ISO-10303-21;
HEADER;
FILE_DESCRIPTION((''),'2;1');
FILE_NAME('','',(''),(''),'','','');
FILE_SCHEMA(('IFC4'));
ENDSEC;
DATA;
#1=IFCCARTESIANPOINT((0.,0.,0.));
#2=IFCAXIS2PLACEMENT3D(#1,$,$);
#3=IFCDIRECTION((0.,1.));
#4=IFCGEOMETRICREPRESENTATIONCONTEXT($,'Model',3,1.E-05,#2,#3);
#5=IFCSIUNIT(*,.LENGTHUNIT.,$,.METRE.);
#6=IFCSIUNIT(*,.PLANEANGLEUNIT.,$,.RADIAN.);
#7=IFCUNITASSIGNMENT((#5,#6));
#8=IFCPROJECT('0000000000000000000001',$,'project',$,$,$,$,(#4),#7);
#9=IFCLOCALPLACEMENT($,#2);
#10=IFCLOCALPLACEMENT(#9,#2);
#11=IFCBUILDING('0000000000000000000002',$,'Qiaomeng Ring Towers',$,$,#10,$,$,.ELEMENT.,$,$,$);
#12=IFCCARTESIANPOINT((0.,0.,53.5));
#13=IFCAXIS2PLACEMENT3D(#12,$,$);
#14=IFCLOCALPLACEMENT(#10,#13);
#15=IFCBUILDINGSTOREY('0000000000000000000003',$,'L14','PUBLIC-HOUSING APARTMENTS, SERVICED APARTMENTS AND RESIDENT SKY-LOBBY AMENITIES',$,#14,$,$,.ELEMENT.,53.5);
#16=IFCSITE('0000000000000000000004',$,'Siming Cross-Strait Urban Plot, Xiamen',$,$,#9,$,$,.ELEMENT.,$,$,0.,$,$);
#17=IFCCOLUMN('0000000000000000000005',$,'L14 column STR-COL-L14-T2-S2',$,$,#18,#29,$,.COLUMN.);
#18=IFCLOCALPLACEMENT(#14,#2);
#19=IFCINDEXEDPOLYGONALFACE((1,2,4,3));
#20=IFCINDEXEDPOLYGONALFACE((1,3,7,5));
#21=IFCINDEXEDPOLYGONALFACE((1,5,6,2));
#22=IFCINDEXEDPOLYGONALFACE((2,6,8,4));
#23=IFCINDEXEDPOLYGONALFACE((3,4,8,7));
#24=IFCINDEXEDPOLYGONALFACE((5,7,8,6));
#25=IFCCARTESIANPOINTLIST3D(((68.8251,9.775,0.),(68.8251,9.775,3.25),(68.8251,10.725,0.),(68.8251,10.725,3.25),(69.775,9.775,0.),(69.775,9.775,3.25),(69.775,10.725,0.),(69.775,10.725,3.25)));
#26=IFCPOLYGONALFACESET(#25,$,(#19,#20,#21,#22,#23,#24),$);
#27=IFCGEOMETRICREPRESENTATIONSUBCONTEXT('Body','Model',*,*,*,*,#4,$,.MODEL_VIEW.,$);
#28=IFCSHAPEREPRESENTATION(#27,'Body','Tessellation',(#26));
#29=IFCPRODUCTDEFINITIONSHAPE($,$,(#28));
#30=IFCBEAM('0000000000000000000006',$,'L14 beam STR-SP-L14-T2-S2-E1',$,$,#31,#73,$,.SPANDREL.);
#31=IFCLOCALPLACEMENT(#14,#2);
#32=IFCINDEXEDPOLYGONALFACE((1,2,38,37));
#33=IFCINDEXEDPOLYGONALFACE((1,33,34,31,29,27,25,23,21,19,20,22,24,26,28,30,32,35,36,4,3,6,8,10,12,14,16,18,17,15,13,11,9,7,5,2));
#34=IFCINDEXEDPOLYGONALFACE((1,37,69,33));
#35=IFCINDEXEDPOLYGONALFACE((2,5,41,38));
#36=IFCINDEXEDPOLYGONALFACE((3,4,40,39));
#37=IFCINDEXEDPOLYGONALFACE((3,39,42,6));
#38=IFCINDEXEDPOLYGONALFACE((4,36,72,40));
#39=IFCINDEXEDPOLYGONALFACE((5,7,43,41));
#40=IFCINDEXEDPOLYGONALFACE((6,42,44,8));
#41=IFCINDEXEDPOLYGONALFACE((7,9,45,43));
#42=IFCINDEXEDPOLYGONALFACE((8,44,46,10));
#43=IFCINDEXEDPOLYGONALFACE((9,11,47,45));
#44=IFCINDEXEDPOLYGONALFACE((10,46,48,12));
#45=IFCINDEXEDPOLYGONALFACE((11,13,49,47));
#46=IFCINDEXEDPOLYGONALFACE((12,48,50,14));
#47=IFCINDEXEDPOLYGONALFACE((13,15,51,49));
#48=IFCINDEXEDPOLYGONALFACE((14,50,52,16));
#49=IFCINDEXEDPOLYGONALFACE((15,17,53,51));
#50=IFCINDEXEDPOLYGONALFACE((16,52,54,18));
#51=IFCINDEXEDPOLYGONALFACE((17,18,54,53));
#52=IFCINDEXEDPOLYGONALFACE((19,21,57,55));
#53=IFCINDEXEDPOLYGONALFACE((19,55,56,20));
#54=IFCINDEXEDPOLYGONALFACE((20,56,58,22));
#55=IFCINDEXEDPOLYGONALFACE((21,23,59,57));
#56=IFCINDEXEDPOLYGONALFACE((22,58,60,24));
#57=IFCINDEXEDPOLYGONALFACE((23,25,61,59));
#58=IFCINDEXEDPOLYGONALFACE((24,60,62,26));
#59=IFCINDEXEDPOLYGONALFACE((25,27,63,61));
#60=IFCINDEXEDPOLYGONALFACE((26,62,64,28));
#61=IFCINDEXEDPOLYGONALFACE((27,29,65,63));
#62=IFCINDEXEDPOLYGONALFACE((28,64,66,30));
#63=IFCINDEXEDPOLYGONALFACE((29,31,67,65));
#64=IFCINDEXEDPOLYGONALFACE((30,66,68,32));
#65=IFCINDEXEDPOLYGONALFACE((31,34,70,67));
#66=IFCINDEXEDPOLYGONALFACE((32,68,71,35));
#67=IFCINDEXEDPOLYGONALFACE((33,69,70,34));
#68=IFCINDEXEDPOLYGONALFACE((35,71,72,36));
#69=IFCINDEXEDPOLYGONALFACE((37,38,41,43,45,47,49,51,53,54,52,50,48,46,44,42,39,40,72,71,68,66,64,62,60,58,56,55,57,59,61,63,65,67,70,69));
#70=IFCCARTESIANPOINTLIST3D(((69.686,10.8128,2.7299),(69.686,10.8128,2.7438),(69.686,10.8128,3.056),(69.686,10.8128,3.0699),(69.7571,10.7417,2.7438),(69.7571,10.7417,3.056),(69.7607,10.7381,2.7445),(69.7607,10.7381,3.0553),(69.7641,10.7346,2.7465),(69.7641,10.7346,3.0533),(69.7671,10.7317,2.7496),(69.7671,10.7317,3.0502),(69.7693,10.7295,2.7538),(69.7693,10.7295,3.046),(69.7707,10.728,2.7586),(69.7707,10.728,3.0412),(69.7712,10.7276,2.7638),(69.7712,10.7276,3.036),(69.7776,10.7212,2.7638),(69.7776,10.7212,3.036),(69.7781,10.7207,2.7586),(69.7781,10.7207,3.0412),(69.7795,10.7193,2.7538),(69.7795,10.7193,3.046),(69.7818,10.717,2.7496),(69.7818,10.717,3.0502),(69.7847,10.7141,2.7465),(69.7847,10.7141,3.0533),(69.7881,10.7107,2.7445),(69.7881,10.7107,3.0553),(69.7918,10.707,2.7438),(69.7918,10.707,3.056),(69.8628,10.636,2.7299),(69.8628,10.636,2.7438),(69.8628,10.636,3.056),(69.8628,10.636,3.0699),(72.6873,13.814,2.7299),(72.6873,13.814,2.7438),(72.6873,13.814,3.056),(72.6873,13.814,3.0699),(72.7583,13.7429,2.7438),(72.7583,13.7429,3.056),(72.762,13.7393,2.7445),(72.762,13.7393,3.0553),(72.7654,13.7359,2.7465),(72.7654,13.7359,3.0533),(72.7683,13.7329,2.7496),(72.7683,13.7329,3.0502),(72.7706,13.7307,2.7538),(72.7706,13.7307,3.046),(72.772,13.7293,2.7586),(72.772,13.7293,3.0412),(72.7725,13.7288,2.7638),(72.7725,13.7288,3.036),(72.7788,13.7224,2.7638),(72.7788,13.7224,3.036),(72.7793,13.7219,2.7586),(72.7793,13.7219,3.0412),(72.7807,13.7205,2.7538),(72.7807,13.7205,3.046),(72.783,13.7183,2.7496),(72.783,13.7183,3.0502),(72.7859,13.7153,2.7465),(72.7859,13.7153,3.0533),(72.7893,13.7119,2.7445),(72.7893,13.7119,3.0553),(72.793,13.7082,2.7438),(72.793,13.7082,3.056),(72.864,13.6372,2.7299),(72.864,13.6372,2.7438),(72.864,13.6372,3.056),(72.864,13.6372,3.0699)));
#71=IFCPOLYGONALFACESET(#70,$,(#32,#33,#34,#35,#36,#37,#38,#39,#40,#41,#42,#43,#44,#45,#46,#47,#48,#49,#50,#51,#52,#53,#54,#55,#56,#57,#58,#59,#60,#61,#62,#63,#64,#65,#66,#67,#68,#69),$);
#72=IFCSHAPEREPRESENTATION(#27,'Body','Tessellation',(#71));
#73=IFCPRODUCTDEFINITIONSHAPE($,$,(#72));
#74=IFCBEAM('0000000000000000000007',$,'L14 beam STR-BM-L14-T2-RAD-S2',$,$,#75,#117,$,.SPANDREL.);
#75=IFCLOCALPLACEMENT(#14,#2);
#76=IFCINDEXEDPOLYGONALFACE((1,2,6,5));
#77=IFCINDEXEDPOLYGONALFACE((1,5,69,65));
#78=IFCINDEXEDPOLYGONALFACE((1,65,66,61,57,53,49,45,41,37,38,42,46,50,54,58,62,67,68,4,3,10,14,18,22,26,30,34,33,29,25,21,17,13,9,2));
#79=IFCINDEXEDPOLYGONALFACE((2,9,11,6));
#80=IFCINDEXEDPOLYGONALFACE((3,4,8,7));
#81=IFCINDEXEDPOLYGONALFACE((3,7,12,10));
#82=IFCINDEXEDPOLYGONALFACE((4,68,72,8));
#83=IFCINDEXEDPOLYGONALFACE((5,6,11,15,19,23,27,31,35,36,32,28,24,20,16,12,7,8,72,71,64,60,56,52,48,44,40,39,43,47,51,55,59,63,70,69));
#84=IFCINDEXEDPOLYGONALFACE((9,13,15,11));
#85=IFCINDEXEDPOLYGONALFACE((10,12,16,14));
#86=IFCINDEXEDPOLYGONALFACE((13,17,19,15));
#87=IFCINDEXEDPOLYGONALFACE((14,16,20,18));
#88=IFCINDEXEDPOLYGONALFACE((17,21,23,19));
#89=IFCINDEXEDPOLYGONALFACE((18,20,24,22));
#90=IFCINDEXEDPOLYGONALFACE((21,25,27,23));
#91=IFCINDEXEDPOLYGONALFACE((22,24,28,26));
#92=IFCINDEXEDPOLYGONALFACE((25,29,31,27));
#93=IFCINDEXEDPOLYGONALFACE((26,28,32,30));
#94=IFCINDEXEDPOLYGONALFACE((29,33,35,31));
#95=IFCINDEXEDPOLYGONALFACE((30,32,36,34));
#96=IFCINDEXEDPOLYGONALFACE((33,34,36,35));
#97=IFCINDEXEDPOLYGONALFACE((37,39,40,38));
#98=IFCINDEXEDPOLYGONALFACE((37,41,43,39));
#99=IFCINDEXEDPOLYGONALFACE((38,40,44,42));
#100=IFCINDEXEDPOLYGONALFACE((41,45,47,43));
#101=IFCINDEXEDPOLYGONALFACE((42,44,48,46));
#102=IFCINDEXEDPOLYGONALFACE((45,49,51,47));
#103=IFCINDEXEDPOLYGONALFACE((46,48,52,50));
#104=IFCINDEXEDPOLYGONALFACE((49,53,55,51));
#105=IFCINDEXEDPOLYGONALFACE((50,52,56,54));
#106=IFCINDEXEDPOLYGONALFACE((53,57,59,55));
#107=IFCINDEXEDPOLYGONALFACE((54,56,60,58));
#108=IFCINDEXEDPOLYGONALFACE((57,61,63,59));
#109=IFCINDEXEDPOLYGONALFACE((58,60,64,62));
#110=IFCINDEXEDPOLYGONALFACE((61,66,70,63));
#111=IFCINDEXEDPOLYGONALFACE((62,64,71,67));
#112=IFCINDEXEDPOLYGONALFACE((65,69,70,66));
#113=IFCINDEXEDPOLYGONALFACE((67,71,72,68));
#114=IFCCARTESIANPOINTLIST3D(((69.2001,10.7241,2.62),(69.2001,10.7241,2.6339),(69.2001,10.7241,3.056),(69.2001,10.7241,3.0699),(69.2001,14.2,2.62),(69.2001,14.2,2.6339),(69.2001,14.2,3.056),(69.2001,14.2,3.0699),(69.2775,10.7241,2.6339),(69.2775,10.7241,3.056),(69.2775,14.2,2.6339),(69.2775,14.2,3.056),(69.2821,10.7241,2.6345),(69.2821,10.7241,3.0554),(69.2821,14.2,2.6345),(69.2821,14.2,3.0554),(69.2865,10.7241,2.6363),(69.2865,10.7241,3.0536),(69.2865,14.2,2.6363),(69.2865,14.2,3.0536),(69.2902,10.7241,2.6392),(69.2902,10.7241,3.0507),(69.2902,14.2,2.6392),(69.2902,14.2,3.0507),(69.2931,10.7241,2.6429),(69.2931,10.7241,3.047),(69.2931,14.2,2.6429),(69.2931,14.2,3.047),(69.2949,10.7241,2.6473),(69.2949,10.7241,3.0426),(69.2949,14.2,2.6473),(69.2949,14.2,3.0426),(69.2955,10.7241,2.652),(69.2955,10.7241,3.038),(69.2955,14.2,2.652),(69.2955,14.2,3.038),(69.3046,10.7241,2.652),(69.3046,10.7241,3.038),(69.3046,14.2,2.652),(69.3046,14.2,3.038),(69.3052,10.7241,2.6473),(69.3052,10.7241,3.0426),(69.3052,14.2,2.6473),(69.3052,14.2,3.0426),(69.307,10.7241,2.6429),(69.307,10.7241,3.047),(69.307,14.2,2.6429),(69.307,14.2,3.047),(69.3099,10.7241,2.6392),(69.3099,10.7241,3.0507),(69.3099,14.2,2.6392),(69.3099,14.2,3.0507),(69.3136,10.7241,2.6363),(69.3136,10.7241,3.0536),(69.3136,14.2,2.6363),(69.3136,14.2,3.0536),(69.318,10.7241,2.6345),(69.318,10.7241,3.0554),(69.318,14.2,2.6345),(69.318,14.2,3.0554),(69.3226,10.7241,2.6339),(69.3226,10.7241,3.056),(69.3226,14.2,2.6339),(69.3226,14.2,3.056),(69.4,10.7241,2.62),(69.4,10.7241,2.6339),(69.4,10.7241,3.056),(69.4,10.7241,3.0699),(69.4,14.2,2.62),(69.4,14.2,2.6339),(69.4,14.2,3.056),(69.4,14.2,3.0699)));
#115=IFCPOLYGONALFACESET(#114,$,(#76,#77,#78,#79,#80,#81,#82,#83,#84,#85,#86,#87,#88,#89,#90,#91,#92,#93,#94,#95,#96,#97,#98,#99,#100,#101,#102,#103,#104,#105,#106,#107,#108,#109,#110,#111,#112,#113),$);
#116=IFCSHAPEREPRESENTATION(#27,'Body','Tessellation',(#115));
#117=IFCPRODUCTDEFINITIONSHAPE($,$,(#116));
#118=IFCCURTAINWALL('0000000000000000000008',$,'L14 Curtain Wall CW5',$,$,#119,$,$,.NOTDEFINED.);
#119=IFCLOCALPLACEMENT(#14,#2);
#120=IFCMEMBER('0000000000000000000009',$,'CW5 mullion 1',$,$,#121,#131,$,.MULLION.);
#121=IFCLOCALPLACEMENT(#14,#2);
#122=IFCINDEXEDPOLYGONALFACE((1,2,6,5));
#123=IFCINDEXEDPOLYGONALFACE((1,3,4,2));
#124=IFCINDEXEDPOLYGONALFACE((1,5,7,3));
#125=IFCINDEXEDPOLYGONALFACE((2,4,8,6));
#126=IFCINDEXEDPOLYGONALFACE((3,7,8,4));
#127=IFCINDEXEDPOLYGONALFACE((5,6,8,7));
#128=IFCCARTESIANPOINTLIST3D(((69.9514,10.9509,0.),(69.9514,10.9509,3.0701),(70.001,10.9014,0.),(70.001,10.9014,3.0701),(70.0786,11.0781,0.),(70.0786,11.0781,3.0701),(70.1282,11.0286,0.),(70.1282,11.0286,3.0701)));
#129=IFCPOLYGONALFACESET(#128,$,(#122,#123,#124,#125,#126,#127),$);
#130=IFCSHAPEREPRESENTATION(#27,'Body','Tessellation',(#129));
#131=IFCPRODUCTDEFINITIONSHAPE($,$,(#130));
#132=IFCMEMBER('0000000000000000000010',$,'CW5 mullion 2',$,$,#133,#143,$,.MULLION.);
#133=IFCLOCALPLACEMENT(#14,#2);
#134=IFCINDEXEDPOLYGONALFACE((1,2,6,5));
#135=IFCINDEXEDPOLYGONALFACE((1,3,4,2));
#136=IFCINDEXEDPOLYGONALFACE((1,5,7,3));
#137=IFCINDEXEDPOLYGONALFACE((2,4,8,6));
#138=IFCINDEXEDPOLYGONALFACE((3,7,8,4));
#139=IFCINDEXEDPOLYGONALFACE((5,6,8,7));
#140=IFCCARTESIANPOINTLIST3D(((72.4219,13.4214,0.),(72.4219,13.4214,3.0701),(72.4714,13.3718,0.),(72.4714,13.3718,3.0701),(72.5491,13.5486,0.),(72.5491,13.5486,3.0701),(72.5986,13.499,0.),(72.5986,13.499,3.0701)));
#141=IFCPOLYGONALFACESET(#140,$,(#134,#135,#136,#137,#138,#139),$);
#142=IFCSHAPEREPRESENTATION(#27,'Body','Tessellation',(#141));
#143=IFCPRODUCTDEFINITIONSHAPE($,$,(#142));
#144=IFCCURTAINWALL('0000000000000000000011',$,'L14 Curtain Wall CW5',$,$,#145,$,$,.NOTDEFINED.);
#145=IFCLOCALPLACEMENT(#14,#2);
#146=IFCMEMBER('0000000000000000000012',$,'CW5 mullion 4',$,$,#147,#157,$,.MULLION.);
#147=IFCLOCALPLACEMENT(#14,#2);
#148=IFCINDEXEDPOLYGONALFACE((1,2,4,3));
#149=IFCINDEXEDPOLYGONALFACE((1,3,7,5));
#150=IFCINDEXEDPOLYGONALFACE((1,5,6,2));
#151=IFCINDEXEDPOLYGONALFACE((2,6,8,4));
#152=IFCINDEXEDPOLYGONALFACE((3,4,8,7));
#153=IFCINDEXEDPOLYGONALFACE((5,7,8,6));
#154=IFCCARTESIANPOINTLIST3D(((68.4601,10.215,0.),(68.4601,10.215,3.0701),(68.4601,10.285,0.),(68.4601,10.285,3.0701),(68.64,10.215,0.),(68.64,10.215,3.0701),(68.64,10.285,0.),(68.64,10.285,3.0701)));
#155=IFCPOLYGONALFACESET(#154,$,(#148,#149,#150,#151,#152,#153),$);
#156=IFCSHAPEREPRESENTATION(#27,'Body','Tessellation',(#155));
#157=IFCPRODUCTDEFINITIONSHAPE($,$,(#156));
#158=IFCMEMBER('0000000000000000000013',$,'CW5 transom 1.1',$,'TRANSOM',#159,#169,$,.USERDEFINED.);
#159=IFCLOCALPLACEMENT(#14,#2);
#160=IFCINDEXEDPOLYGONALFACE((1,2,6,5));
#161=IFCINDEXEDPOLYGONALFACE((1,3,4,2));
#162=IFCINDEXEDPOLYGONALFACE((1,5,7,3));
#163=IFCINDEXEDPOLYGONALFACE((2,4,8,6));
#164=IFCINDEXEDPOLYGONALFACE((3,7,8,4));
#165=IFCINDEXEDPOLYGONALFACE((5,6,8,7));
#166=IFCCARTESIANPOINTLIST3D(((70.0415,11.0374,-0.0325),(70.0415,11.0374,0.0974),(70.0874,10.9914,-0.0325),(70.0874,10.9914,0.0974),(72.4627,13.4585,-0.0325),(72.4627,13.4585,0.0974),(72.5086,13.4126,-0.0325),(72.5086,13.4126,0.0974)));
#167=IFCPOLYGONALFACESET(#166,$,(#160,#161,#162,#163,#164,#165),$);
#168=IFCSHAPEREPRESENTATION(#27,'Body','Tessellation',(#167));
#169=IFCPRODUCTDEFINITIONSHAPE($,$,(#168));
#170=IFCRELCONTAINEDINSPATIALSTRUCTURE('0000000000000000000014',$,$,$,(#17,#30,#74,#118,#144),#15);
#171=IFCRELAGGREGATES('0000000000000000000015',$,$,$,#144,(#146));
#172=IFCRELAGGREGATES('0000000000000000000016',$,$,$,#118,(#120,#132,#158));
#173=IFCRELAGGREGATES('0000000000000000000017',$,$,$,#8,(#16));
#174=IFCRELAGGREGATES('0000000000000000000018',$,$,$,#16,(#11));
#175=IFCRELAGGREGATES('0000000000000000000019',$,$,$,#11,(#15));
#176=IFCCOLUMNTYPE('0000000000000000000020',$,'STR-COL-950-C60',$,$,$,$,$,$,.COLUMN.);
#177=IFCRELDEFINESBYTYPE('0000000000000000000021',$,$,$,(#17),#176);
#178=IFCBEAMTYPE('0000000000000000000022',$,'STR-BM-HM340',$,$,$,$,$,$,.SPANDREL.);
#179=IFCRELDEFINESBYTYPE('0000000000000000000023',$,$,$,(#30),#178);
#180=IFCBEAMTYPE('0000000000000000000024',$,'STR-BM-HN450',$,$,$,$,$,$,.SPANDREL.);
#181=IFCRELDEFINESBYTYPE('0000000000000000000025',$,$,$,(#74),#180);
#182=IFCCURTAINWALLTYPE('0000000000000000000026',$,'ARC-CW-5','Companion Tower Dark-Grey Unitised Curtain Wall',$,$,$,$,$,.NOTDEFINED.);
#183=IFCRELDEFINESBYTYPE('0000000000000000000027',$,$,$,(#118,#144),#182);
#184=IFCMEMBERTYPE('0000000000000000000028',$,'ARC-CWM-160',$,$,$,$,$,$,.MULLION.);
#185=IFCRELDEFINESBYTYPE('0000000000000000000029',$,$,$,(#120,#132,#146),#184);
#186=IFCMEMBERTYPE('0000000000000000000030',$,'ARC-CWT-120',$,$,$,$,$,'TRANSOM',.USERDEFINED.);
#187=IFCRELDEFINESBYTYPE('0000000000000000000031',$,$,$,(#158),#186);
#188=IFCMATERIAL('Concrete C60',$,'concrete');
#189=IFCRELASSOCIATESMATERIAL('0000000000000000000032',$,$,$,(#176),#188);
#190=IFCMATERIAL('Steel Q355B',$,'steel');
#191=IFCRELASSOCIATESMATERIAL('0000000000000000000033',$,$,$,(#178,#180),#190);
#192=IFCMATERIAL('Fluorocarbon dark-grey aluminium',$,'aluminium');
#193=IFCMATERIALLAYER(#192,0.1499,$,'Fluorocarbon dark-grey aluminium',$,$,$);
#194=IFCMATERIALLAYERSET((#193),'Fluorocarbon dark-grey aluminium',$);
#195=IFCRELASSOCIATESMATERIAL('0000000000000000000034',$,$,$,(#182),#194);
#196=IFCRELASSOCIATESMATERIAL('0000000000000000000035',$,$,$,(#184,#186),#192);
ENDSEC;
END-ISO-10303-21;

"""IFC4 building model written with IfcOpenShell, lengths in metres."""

from ifc_helpers import new_model, si_unit, direction, frame, origin, origin_2d, place, context, subcontext, project, spatial, rectangle, i_section, extrude, source, transform, mapped, material, layer, layer_set, material_profile, profile_set, type_object, element, aggregate, save


model = new_model("IFC4")

# Units and contexts
model_context = context("Model", 3, precision=1e-05, world=origin(), true_north=direction((0.0, 1.0)))
body_context = subcontext(model_context, "Body", "Model", "MODEL_VIEW")
ifc_project = project(units=[si_unit("LENGTHUNIT", "METRE"), si_unit("PLANEANGLEUNIT", "RADIAN")], contexts=[model_context])

# Site, building, storey
site_placement = place(None, origin())
site = spatial("IfcSite", under=ifc_project, at=site_placement, Name="Siming Cross-Strait Urban Plot, Xiamen", CompositionType="ELEMENT", RefElevation=0.0)
building_placement = place(site_placement, origin())
building = spatial("IfcBuilding", under=site, at=building_placement, Name="Qiaomeng Ring Towers", CompositionType="ELEMENT")
storey_placement = place(building_placement, frame((0.0, 0.0, 53.5)))
storey = spatial("IfcBuildingStorey", under=building, at=storey_placement, Name="L14", Description="PUBLIC-HOUSING APARTMENTS, SERVICED APARTMENTS AND RESIDENT SKY-LOBBY AMENITIES", CompositionType="ELEMENT", Elevation=53.5)

# Column
ifc_material_1 = material(Name="Concrete C60", Category="concrete")
ifc_material_profile_1 = material_profile(ifc_material_1, rectangle(XDim=0.95, YDim=0.95, at=origin_2d()), Name="RC COL 950x950")
ifc_profile_set_1 = profile_set([ifc_material_profile_1], Name="Concrete C60")
column_type = type_object("IfcColumnType", Name="STR-COL-950-C60", PredefinedType="COLUMN", material=ifc_profile_set_1)
shared_shape_1 = source(origin(), body_context, "Body", "SweptSolid", [
    extrude(rectangle(XDim=0.95, YDim=0.95, at=origin_2d()), origin(), (0.0, 0.0, 1.0), 3.25),
])
column_placement = place(storey_placement, frame((69.3, 10.25, 0.0), z_axis=(0.0, 0.0, 1.0), x_axis=(1.0, 0.0, 0.0)))
element("IfcColumn", 1, at=column_placement, inside=storey, type_object=column_type, Name="L14 column STR-COL-L14-T2-S2", PredefinedType="COLUMN", context=body_context, shape_type="MappedRepresentation", body=[
    mapped(shared_shape_1, transform((0.0, 0.0, 0.0), x_axis=(1.0, 0.0, 0.0), y_axis=(0.0, 1.0, 0.0), z_axis=(0.0, 0.0, 1.0), scale=1.0)),
])

# Beams
ifc_material_2 = material(Name="Steel Q355B", Category="steel")
ifc_material_profile_2 = material_profile(ifc_material_2, i_section(OverallWidth=0.25, OverallDepth=0.3401, WebThickness=0.009, FlangeThickness=0.0139, FilletRadius=0.02, at=origin_2d()), Name="HM 340x250x9x14")
ifc_profile_set_2 = profile_set([ifc_material_profile_2], Name="Steel Q355B")
beam_type_1 = type_object("IfcBeamType", Name="STR-BM-HM340", PredefinedType="SPANDREL", material=ifc_profile_set_2)
shared_shape_2 = source(origin(), body_context, "Body", "SweptSolid", [
    extrude(i_section(OverallWidth=0.25, OverallDepth=0.3401, WebThickness=0.009, FlangeThickness=0.0139, FilletRadius=0.02, at=origin_2d()), origin(), (0.0, 0.0, 1.0), 4.2444),
])
beam_1_placement = place(storey_placement, frame((69.7744, 10.7244, 2.8999), z_axis=(0.707107, 0.707107, 0.0), x_axis=(-0.707107, 0.707107, 0.0)))
element("IfcBeam", 2, at=beam_1_placement, inside=storey, type_object=beam_type_1, Name="L14 beam STR-SP-L14-T2-S2-E1", PredefinedType="SPANDREL", context=body_context, shape_type="MappedRepresentation", body=[
    mapped(shared_shape_2, transform((0.0, 0.0, 0.0), x_axis=(1.0, 0.0, 0.0), y_axis=(0.0, 1.0, 0.0), z_axis=(0.0, 0.0, 1.0), scale=1.0)),
])
ifc_material_profile_3 = material_profile(ifc_material_2, i_section(OverallWidth=0.2, OverallDepth=0.45, WebThickness=0.009, FlangeThickness=0.0139, FilletRadius=0.0181, at=origin_2d()), Name="HN 450x200x9x14")
ifc_profile_set_3 = profile_set([ifc_material_profile_3], Name="Steel Q355B")
beam_type_2 = type_object("IfcBeamType", Name="STR-BM-HN450", PredefinedType="SPANDREL", material=ifc_profile_set_3)
shared_shape_3 = source(origin(), body_context, "Body", "SweptSolid", [
    extrude(i_section(OverallWidth=0.2, OverallDepth=0.45, WebThickness=0.009, FlangeThickness=0.0139, FilletRadius=0.0181, at=origin_2d()), origin(), (0.0, 0.0, 1.0), 3.4758),
])
beam_2_placement = place(storey_placement, frame((69.3, 10.7241, 2.845), z_axis=(0.0, 1.0, 0.0), x_axis=(-1.0, 0.0, 0.0)))
element("IfcBeam", 3, at=beam_2_placement, inside=storey, type_object=beam_type_2, Name="L14 beam STR-BM-L14-T2-RAD-S2", PredefinedType="SPANDREL", context=body_context, shape_type="MappedRepresentation", body=[
    mapped(shared_shape_3, transform((0.0, 0.0, 0.0), x_axis=(1.0, 0.0, 0.0), y_axis=(0.0, 1.0, 0.0), z_axis=(0.0, 0.0, 1.0), scale=1.0)),
])

# Curtain wall, members
ifc_material_3 = material(Name="Fluorocarbon dark-grey aluminium", Category="aluminium")
ifc_layer_1 = layer(ifc_material_3, 0.1499, Name="Fluorocarbon dark-grey aluminium")
ifc_layer_set_1 = layer_set([ifc_layer_1], Name="Fluorocarbon dark-grey aluminium")
curtain_wall_type = type_object("IfcCurtainWallType", Name="ARC-CW-5", Description="Companion Tower Dark-Grey Unitised Curtain Wall", PredefinedType="NOTDEFINED", material=ifc_layer_set_1)
curtain_wall_1_placement = place(storey_placement, origin())
curtain_wall_1 = element("IfcCurtainWall", 4, at=curtain_wall_1_placement, inside=storey, type_object=curtain_wall_type, Name="L14 Curtain Wall CW5", PredefinedType="NOTDEFINED")
ifc_material_profile_4 = material_profile(ifc_material_3, rectangle(XDim=0.0701, YDim=0.1799, at=origin_2d()), Name="ALU MULL 70x180")
ifc_profile_set_4 = profile_set([ifc_material_profile_4], Name="Fluorocarbon dark-grey aluminium")
member_type_1 = type_object("IfcMemberType", Name="ARC-CWM-160", PredefinedType="MULLION", material=ifc_profile_set_4)
shared_shape_4 = source(origin(), body_context, "Body", "SweptSolid", [
    extrude(rectangle(XDim=0.0701, YDim=0.1799, at=origin_2d()), origin(), (0.0, 0.0, 1.0), 3.0701),
])
member_1_placement = place(storey_placement, frame((70.0398, 10.9897, 0.0), z_axis=(0.0, 0.0, 1.0), x_axis=(-0.707107, 0.707107, 0.0)))
member_1 = element("IfcMember", 5, at=member_1_placement, type_object=member_type_1, Name="CW5 mullion 1", PredefinedType="MULLION", context=body_context, shape_type="MappedRepresentation", body=[
    mapped(shared_shape_4, transform((0.0, 0.0, 0.0), x_axis=(1.0, 0.0, 0.0), y_axis=(0.0, 1.0, 0.0), z_axis=(0.0, 0.0, 1.0), scale=1.0)),
])
member_2_placement = place(storey_placement, frame((72.5103, 13.4602, 0.0), z_axis=(0.0, 0.0, 1.0), x_axis=(-0.707107, 0.707107, 0.0)))
member_2 = element("IfcMember", 6, at=member_2_placement, type_object=member_type_1, Name="CW5 mullion 2", PredefinedType="MULLION", context=body_context, shape_type="MappedRepresentation", body=[
    mapped(shared_shape_4, transform((0.0, 0.0, 0.0), x_axis=(1.0, 0.0, 0.0), y_axis=(0.0, 1.0, 0.0), z_axis=(0.0, 0.0, 1.0), scale=1.0)),
])

# Curtain wall, member
curtain_wall_2_placement = place(storey_placement, origin())
curtain_wall_2 = element("IfcCurtainWall", 7, at=curtain_wall_2_placement, inside=storey, type_object=curtain_wall_type, Name="L14 Curtain Wall CW5", PredefinedType="NOTDEFINED")
member_3_placement = place(storey_placement, frame((68.55, 10.25, 0.0), z_axis=(0.0, 0.0, 1.0), x_axis=(0.0, 1.0, 0.0)))
member_3 = element("IfcMember", 8, at=member_3_placement, type_object=member_type_1, Name="CW5 mullion 4", PredefinedType="MULLION", context=body_context, shape_type="MappedRepresentation", body=[
    mapped(shared_shape_4, transform((0.0, 0.0, 0.0), x_axis=(1.0, 0.0, 0.0), y_axis=(0.0, 1.0, 0.0), z_axis=(0.0, 0.0, 1.0), scale=1.0)),
])
aggregate(curtain_wall_2, [member_3])

# Member
ifc_material_profile_5 = material_profile(ifc_material_3, rectangle(XDim=0.0649, YDim=0.1299, at=origin_2d()), Name="ALU TRAN 65x130")
ifc_profile_set_5 = profile_set([ifc_material_profile_5], Name="Fluorocarbon dark-grey aluminium")
member_type_2 = type_object("IfcMemberType", Name="ARC-CWT-120", ElementType="TRANSOM", PredefinedType="USERDEFINED", material=ifc_profile_set_5)
shared_shape_5 = source(origin(), body_context, "Body", "SweptSolid", [
    extrude(rectangle(XDim=0.0649, YDim=0.1299, at=origin_2d()), origin(), (0.0, 0.0, 1.0), 3.4241),
])
member_4_placement = place(storey_placement, frame((70.0645, 11.0144, 0.0325), z_axis=(0.707107, 0.707107, 0.0), x_axis=(-0.707107, 0.707107, 0.0)))
member_4 = element("IfcMember", 9, at=member_4_placement, type_object=member_type_2, Name="CW5 transom 1.1", ObjectType="TRANSOM", PredefinedType="USERDEFINED", context=body_context, shape_type="MappedRepresentation", body=[
    mapped(shared_shape_5, transform((0.0, 0.0, 0.0), x_axis=(1.0, 0.0, 0.0), y_axis=(0.0, 1.0, 0.0), z_axis=(0.0, 0.0, 1.0), scale=1.0)),
])

aggregate(curtain_wall_1, [member_1, member_2, member_4])

save(model, "model.ifc")
